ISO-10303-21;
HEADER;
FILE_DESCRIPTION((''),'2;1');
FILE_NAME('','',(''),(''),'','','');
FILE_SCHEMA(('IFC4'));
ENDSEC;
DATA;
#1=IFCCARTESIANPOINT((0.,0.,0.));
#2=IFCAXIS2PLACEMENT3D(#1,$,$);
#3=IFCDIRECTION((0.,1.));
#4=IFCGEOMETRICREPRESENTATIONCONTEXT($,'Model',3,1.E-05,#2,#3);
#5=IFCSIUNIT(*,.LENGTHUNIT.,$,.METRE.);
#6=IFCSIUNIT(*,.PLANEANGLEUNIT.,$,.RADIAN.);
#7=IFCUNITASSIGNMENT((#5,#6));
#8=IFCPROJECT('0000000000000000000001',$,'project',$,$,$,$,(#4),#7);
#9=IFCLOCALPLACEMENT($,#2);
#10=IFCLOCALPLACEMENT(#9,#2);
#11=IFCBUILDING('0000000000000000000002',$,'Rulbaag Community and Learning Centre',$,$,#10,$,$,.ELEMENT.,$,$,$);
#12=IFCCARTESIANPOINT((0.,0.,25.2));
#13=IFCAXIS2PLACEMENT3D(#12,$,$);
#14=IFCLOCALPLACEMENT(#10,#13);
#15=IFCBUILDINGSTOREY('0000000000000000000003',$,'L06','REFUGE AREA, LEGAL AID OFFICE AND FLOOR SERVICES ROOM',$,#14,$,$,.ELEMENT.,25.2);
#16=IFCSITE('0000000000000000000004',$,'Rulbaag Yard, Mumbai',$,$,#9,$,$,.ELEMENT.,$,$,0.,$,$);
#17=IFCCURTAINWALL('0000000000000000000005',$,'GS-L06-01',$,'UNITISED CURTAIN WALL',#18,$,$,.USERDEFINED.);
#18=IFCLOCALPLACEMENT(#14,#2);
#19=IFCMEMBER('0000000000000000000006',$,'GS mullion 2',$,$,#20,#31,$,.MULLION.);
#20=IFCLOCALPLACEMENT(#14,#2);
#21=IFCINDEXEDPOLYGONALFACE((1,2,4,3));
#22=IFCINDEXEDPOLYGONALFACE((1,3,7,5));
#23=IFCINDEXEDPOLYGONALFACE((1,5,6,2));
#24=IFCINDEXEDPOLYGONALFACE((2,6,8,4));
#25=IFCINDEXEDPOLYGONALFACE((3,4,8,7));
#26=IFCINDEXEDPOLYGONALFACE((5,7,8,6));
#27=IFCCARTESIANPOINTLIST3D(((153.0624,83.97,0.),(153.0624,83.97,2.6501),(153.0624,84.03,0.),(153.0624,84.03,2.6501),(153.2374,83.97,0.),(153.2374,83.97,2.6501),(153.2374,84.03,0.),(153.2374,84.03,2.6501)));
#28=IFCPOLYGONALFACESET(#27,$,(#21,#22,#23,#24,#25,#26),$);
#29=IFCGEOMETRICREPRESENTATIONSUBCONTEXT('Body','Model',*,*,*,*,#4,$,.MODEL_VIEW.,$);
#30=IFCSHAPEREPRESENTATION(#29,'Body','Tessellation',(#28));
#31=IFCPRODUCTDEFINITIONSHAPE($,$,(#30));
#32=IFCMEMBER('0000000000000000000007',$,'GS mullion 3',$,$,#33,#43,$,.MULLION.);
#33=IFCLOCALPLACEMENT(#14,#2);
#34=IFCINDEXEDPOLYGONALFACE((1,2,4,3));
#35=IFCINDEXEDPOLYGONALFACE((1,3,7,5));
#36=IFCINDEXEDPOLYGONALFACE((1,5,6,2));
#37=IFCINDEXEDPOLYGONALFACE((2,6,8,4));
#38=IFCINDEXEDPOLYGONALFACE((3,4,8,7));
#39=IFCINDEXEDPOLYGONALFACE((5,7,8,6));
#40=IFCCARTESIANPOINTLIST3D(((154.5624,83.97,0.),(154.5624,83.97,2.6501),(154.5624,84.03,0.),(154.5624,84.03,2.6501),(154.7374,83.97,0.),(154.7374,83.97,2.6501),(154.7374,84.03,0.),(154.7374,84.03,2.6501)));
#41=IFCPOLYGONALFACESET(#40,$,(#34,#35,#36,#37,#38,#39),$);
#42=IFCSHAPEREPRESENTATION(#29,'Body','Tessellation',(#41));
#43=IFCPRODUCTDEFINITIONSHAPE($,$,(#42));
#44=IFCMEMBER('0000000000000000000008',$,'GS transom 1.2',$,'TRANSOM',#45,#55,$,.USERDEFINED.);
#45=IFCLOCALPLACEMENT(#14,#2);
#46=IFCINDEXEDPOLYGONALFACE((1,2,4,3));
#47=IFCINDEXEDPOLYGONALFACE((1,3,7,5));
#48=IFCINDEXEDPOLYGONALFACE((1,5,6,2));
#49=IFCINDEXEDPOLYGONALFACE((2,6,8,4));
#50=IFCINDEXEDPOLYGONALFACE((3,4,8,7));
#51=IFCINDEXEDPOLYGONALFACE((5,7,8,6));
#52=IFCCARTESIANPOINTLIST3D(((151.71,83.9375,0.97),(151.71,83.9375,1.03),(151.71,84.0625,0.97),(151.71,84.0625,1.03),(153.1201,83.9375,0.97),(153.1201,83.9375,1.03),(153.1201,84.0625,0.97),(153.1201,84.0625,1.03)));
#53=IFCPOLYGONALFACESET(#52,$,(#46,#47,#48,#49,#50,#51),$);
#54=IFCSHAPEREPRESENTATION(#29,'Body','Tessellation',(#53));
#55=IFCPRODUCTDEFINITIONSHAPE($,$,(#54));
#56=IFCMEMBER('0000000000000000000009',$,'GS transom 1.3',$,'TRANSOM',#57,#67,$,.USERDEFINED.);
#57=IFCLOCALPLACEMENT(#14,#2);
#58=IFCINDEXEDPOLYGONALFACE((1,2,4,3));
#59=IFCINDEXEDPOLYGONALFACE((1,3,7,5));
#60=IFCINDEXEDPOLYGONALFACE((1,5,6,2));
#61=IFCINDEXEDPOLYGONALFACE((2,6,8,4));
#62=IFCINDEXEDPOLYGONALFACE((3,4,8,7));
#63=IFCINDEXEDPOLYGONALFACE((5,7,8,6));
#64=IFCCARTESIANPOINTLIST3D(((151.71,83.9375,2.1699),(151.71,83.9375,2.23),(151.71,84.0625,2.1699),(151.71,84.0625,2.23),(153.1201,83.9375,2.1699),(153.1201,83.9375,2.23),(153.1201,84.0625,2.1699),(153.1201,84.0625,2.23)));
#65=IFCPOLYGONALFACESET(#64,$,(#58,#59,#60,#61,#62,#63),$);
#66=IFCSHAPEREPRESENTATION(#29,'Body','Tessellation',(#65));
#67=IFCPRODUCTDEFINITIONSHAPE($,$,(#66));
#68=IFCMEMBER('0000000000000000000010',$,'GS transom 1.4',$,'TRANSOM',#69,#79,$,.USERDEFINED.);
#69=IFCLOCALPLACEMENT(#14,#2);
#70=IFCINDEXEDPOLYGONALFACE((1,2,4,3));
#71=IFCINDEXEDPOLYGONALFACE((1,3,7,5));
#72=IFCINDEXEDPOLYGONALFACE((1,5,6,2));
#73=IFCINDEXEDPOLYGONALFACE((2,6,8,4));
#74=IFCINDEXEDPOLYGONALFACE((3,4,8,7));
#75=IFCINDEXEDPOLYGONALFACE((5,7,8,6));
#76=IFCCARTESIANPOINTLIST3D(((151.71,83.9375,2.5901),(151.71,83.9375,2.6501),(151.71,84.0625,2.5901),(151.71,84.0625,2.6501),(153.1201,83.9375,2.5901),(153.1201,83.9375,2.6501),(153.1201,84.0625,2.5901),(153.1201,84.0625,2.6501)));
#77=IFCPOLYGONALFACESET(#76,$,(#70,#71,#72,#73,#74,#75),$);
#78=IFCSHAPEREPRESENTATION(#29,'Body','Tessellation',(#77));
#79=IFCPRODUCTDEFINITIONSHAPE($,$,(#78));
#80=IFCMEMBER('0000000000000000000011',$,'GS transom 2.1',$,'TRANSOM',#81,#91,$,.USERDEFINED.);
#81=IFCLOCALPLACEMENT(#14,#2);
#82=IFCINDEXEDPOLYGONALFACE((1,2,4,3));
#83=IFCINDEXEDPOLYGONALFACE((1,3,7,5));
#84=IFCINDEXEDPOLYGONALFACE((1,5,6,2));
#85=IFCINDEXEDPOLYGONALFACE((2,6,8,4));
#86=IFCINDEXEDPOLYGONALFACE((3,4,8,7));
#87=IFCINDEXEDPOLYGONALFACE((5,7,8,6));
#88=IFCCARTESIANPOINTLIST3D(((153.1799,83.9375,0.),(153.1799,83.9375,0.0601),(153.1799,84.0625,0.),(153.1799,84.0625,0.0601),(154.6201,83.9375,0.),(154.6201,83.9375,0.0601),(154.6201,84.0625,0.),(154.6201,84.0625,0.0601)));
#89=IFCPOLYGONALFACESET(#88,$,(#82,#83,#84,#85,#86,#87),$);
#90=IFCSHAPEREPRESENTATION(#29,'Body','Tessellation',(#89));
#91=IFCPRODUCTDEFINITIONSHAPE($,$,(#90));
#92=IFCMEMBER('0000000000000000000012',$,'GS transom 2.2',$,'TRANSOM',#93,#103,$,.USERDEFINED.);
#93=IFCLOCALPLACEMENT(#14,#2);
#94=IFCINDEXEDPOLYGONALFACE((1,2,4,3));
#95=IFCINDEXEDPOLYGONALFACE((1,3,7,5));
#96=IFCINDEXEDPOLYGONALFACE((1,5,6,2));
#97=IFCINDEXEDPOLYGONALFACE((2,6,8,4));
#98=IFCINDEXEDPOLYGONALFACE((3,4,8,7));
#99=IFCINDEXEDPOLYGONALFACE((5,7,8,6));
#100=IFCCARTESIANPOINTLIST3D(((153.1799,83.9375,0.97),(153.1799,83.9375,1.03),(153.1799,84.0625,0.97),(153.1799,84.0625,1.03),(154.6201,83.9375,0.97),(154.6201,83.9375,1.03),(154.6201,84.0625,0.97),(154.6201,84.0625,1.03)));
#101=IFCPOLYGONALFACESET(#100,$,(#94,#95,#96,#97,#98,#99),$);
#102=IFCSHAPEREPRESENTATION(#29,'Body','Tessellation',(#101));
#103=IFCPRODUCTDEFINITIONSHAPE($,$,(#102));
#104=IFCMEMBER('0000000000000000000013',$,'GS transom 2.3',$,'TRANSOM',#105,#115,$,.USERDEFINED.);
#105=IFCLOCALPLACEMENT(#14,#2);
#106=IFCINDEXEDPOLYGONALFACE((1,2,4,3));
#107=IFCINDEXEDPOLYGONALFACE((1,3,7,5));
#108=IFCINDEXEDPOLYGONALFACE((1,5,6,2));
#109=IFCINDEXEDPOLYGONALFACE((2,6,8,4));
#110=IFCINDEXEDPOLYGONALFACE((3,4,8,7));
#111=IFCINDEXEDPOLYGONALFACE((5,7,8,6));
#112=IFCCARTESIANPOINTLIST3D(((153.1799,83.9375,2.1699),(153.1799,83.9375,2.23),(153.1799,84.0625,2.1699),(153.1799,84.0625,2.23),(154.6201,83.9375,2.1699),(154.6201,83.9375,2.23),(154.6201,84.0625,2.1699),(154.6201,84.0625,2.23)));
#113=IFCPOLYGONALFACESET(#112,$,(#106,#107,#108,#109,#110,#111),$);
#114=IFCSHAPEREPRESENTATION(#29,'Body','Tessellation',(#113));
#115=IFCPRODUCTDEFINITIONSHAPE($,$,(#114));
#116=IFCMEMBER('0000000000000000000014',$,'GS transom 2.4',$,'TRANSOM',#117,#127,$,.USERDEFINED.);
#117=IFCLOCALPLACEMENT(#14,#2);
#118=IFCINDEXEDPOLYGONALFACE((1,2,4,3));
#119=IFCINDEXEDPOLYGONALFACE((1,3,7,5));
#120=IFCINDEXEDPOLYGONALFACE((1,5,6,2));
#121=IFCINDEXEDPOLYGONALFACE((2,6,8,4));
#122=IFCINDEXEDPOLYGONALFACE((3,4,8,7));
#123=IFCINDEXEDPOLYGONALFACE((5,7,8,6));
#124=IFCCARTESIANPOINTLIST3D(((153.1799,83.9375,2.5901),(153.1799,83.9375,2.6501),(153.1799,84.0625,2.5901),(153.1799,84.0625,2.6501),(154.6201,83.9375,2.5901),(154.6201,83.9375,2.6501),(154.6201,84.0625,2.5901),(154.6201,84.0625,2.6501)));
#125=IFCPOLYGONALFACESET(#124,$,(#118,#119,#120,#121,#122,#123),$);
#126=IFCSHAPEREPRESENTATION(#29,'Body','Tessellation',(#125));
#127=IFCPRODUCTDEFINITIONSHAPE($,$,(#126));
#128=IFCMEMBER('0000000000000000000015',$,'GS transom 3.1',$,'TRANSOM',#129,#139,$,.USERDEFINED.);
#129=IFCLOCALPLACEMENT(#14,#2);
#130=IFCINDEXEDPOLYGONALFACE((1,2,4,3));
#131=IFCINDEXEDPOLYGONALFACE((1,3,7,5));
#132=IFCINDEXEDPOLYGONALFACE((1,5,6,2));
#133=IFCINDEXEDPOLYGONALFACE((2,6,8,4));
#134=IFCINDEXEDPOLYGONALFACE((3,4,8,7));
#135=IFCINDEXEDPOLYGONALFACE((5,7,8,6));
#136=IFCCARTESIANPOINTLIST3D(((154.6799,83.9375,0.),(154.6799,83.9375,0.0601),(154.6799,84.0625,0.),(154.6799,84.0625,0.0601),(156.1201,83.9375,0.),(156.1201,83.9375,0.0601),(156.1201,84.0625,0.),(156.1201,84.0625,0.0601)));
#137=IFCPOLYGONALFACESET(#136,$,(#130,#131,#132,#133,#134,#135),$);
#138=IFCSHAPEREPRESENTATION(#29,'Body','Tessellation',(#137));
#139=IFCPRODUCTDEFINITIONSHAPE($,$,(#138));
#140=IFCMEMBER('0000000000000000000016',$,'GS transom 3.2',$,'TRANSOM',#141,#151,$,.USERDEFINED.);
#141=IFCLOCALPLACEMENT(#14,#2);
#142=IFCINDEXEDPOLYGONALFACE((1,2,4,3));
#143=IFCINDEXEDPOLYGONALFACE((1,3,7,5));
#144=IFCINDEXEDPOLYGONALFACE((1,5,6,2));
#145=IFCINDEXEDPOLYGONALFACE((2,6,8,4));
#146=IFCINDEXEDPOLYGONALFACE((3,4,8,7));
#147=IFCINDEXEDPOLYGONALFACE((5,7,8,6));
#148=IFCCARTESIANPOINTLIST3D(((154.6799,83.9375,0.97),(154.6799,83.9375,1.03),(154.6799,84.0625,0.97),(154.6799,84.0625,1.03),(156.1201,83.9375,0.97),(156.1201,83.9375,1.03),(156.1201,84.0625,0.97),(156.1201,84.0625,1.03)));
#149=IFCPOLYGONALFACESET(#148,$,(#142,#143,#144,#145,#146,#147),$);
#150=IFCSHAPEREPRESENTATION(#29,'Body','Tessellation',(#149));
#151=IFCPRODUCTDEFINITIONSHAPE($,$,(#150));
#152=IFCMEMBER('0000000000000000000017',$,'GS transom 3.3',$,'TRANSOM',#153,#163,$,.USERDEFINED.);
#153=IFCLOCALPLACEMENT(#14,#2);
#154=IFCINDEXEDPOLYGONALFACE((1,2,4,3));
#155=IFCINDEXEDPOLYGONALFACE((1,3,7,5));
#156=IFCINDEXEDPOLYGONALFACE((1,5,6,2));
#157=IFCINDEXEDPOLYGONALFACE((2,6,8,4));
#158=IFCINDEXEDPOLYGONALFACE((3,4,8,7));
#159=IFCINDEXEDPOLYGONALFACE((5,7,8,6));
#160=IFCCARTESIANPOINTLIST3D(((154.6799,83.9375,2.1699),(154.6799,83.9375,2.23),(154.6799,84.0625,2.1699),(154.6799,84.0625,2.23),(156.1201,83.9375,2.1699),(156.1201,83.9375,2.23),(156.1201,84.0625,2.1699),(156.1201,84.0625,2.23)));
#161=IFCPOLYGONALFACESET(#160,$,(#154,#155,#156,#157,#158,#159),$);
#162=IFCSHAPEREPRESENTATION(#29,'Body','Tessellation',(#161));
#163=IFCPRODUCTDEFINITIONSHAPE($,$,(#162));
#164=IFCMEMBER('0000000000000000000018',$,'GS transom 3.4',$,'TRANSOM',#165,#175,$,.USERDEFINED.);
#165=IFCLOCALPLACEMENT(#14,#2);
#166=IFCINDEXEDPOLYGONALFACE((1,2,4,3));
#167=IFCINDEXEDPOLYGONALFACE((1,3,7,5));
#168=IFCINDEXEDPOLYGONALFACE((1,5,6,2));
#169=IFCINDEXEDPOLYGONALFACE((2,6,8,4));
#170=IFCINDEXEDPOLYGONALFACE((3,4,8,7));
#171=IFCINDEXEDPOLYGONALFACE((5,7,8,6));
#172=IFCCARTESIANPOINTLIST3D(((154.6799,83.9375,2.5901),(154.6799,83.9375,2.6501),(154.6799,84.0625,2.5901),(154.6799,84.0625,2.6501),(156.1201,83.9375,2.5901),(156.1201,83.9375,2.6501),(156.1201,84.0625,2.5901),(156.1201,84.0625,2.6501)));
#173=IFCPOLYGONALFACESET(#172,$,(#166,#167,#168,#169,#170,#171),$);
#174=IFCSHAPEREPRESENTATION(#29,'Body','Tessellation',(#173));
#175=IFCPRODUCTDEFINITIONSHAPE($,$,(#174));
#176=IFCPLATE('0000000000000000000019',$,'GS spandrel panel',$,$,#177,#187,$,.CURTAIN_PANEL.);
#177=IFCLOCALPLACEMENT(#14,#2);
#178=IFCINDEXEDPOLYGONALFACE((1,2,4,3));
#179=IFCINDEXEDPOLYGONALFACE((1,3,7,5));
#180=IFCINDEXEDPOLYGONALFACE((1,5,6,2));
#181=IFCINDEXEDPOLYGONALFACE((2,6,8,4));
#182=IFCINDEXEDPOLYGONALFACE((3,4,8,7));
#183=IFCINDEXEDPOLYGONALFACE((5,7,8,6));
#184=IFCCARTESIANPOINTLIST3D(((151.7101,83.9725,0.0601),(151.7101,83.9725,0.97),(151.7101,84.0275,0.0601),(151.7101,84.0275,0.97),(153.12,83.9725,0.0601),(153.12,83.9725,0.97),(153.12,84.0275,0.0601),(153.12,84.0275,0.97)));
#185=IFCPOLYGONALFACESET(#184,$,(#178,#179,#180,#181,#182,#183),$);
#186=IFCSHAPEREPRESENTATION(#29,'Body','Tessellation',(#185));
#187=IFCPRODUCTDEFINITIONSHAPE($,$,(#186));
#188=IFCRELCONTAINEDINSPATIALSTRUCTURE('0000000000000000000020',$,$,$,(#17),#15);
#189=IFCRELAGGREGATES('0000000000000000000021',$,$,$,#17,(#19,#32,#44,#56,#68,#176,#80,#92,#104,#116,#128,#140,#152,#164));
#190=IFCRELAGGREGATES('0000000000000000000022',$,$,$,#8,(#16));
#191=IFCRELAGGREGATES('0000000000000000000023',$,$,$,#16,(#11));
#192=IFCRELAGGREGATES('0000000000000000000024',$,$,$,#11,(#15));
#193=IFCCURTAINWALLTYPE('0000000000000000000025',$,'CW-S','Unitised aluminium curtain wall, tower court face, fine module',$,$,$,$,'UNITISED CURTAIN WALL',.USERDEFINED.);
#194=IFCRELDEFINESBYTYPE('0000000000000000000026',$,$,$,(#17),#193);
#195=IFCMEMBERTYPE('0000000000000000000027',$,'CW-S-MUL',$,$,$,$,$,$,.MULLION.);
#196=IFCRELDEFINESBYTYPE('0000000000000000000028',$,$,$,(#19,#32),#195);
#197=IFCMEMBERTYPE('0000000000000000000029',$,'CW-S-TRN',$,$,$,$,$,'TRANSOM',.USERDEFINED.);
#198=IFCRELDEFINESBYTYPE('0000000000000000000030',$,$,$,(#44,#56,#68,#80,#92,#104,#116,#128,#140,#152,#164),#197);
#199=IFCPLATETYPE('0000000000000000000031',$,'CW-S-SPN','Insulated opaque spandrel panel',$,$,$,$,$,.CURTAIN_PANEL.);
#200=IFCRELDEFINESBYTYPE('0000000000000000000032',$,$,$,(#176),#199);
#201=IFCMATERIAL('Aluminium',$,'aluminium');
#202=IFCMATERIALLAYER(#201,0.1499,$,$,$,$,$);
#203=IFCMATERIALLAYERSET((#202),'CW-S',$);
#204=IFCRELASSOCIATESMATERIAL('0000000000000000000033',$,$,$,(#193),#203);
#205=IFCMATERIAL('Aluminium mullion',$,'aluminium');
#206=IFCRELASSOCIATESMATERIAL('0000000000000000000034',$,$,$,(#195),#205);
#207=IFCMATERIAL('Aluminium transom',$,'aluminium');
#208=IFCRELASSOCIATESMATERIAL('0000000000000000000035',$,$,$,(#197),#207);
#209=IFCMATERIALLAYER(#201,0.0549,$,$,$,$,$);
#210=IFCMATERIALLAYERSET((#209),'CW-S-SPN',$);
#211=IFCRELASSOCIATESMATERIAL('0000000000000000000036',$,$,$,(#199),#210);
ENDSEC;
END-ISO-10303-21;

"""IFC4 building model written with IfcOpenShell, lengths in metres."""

from ifc_helpers import new_model, si_unit, direction, frame, origin, origin_2d, place, context, subcontext, project, spatial, rectangle, extrude, material, layer, layer_set, material_profile, profile_set, type_object, element, aggregate, save


model = new_model("IFC4")

# Units and contexts
model_context = context("Model", 3, precision=1e-05, world=origin(), true_north=direction((0.0, 1.0)))
body_context = subcontext(model_context, "Body", "Model", "MODEL_VIEW")
ifc_project = project(units=[si_unit("LENGTHUNIT", "METRE"), si_unit("PLANEANGLEUNIT", "RADIAN")], contexts=[model_context])

# Site, building, storey
site_placement = place(None, origin())
site = spatial("IfcSite", under=ifc_project, at=site_placement, Name="Rulbaag Yard, Mumbai", CompositionType="ELEMENT", RefElevation=0.0)
building_placement = place(site_placement, origin())
building = spatial("IfcBuilding", under=site, at=building_placement, Name="Rulbaag Community and Learning Centre", CompositionType="ELEMENT")
storey_placement = place(building_placement, frame((0.0, 0.0, 25.2)))
storey = spatial("IfcBuildingStorey", under=building, at=storey_placement, Name="L06", Description="REFUGE AREA, LEGAL AID OFFICE AND FLOOR SERVICES ROOM", CompositionType="ELEMENT", Elevation=25.2)

# Curtain wall, members, plate
ifc_material_1 = material(Name="Aluminium", Category="aluminium")
ifc_layer_1 = layer(ifc_material_1, 0.1499)
ifc_layer_set_1 = layer_set([ifc_layer_1], Name="CW-S")
curtain_wall_type = type_object("IfcCurtainWallType", Name="CW-S", Description="Unitised aluminium curtain wall, tower court face, fine module", ElementType="UNITISED CURTAIN WALL", PredefinedType="USERDEFINED", material=ifc_layer_set_1)
curtain_wall_placement = place(storey_placement, origin())
curtain_wall = element("IfcCurtainWall", 1, at=curtain_wall_placement, inside=storey, type_object=curtain_wall_type, Name="GS-L06-01", ObjectType="UNITISED CURTAIN WALL", PredefinedType="USERDEFINED")
ifc_material_2 = material(Name="Aluminium mullion", Category="aluminium")
ifc_material_profile_1 = material_profile(ifc_material_2, rectangle(XDim=0.0601, YDim=0.175, at=origin_2d()), Name="AL 60x175")
ifc_profile_set_1 = profile_set([ifc_material_profile_1], Name="Aluminium mullion")
member_type_1 = type_object("IfcMemberType", Name="CW-S-MUL", PredefinedType="MULLION", material=ifc_profile_set_1)
member_1_placement = place(storey_placement, frame((153.1499, 84.0, 0.0), z_axis=(0.0, 0.0, 1.0), x_axis=(0.0, 1.0, 0.0)))
member_1 = element("IfcMember", 2, at=member_1_placement, type_object=member_type_1, Name="GS mullion 2", PredefinedType="MULLION", context=body_context, shape_type="SweptSolid", body=[
    extrude(rectangle(XDim=0.0601, YDim=0.175, at=origin_2d()), origin(), (0.0, 0.0, 1.0), 2.6501),
])
member_2_placement = place(storey_placement, frame((154.6499, 84.0, 0.0), z_axis=(0.0, 0.0, 1.0), x_axis=(0.0, 1.0, 0.0)))
member_2 = element("IfcMember", 3, at=member_2_placement, type_object=member_type_1, Name="GS mullion 3", PredefinedType="MULLION", context=body_context, shape_type="SweptSolid", body=[
    extrude(rectangle(XDim=0.0601, YDim=0.175, at=origin_2d()), origin(), (0.0, 0.0, 1.0), 2.6501),
])
ifc_material_3 = material(Name="Aluminium transom", Category="aluminium")
ifc_material_profile_2 = material_profile(ifc_material_3, rectangle(XDim=0.125, YDim=0.0601, at=origin_2d()), Name="AL 60x125 T")
ifc_profile_set_2 = profile_set([ifc_material_profile_2], Name="Aluminium transom")
member_type_2 = type_object("IfcMemberType", Name="CW-S-TRN", ElementType="TRANSOM", PredefinedType="USERDEFINED", material=ifc_profile_set_2)
member_3_placement = place(storey_placement, frame((151.71, 84.0, 1.0), z_axis=(1.0, 0.0, 0.0), x_axis=(0.0, 1.0, 0.0)))
member_3 = element("IfcMember", 4, at=member_3_placement, type_object=member_type_2, Name="GS transom 1.2", ObjectType="TRANSOM", PredefinedType="USERDEFINED", context=body_context, shape_type="SweptSolid", body=[
    extrude(rectangle(XDim=0.125, YDim=0.0601, at=origin_2d()), origin(), (0.0, 0.0, 1.0), 1.4102),
])
member_4_placement = place(storey_placement, frame((151.71, 84.0, 2.2), z_axis=(1.0, 0.0, 0.0), x_axis=(0.0, 1.0, 0.0)))
member_4 = element("IfcMember", 5, at=member_4_placement, type_object=member_type_2, Name="GS transom 1.3", ObjectType="TRANSOM", PredefinedType="USERDEFINED", context=body_context, shape_type="SweptSolid", body=[
    extrude(rectangle(XDim=0.125, YDim=0.0601, at=origin_2d()), origin(), (0.0, 0.0, 1.0), 1.4102),
])
member_5_placement = place(storey_placement, frame((151.71, 84.0, 2.6201), z_axis=(1.0, 0.0, 0.0), x_axis=(0.0, 1.0, 0.0)))
member_5 = element("IfcMember", 6, at=member_5_placement, type_object=member_type_2, Name="GS transom 1.4", ObjectType="TRANSOM", PredefinedType="USERDEFINED", context=body_context, shape_type="SweptSolid", body=[
    extrude(rectangle(XDim=0.125, YDim=0.0601, at=origin_2d()), origin(), (0.0, 0.0, 1.0), 1.4102),
])
member_6_placement = place(storey_placement, frame((153.1799, 84.0, 0.03), z_axis=(1.0, 0.0, 0.0), x_axis=(0.0, 1.0, 0.0)))
member_6 = element("IfcMember", 7, at=member_6_placement, type_object=member_type_2, Name="GS transom 2.1", ObjectType="TRANSOM", PredefinedType="USERDEFINED", context=body_context, shape_type="SweptSolid", body=[
    extrude(rectangle(XDim=0.125, YDim=0.0601, at=origin_2d()), origin(), (0.0, 0.0, 1.0), 1.4402),
])
member_7_placement = place(storey_placement, frame((153.1799, 84.0, 1.0), z_axis=(1.0, 0.0, 0.0), x_axis=(0.0, 1.0, 0.0)))
member_7 = element("IfcMember", 8, at=member_7_placement, type_object=member_type_2, Name="GS transom 2.2", ObjectType="TRANSOM", PredefinedType="USERDEFINED", context=body_context, shape_type="SweptSolid", body=[
    extrude(rectangle(XDim=0.125, YDim=0.0601, at=origin_2d()), origin(), (0.0, 0.0, 1.0), 1.4402),
])
member_8_placement = place(storey_placement, frame((153.1799, 84.0, 2.2), z_axis=(1.0, 0.0, 0.0), x_axis=(0.0, 1.0, 0.0)))
member_8 = element("IfcMember", 9, at=member_8_placement, type_object=member_type_2, Name="GS transom 2.3", ObjectType="TRANSOM", PredefinedType="USERDEFINED", context=body_context, shape_type="SweptSolid", body=[
    extrude(rectangle(XDim=0.125, YDim=0.0601, at=origin_2d()), origin(), (0.0, 0.0, 1.0), 1.4402),
])
member_9_placement = place(storey_placement, frame((153.1799, 84.0, 2.6201), z_axis=(1.0, 0.0, 0.0), x_axis=(0.0, 1.0, 0.0)))
member_9 = element("IfcMember", 10, at=member_9_placement, type_object=member_type_2, Name="GS transom 2.4", ObjectType="TRANSOM", PredefinedType="USERDEFINED", context=body_context, shape_type="SweptSolid", body=[
    extrude(rectangle(XDim=0.125, YDim=0.0601, at=origin_2d()), origin(), (0.0, 0.0, 1.0), 1.4402),
])
member_10_placement = place(storey_placement, frame((154.6799, 84.0, 0.03), z_axis=(1.0, 0.0, 0.0), x_axis=(0.0, 1.0, 0.0)))
member_10 = element("IfcMember", 11, at=member_10_placement, type_object=member_type_2, Name="GS transom 3.1", ObjectType="TRANSOM", PredefinedType="USERDEFINED", context=body_context, shape_type="SweptSolid", body=[
    extrude(rectangle(XDim=0.125, YDim=0.0601, at=origin_2d()), origin(), (0.0, 0.0, 1.0), 1.4402),
])
member_11_placement = place(storey_placement, frame((154.6799, 84.0, 1.0), z_axis=(1.0, 0.0, 0.0), x_axis=(0.0, 1.0, 0.0)))
member_11 = element("IfcMember", 12, at=member_11_placement, type_object=member_type_2, Name="GS transom 3.2", ObjectType="TRANSOM", PredefinedType="USERDEFINED", context=body_context, shape_type="SweptSolid", body=[
    extrude(rectangle(XDim=0.125, YDim=0.0601, at=origin_2d()), origin(), (0.0, 0.0, 1.0), 1.4402),
])
member_12_placement = place(storey_placement, frame((154.6799, 84.0, 2.2), z_axis=(1.0, 0.0, 0.0), x_axis=(0.0, 1.0, 0.0)))
member_12 = element("IfcMember", 13, at=member_12_placement, type_object=member_type_2, Name="GS transom 3.3", ObjectType="TRANSOM", PredefinedType="USERDEFINED", context=body_context, shape_type="SweptSolid", body=[
    extrude(rectangle(XDim=0.125, YDim=0.0601, at=origin_2d()), origin(), (0.0, 0.0, 1.0), 1.4402),
])
member_13_placement = place(storey_placement, frame((154.6799, 84.0, 2.6201), z_axis=(1.0, 0.0, 0.0), x_axis=(0.0, 1.0, 0.0)))
member_13 = element("IfcMember", 14, at=member_13_placement, type_object=member_type_2, Name="GS transom 3.4", ObjectType="TRANSOM", PredefinedType="USERDEFINED", context=body_context, shape_type="SweptSolid", body=[
    extrude(rectangle(XDim=0.125, YDim=0.0601, at=origin_2d()), origin(), (0.0, 0.0, 1.0), 1.4402),
])
ifc_layer_2 = layer(ifc_material_1, 0.0549)
ifc_layer_set_2 = layer_set([ifc_layer_2], Name="CW-S-SPN")
plate_type_1 = type_object("IfcPlateType", Name="CW-S-SPN", Description="Insulated opaque spandrel panel", PredefinedType="CURTAIN_PANEL", material=ifc_layer_set_2)
plate_1_placement = place(storey_placement, frame((152.415, 84.0, 0.0601), z_axis=(0.0, 0.0, 1.0), x_axis=(1.0, 0.0, 0.0)))
plate_1 = element("IfcPlate", 15, at=plate_1_placement, type_object=plate_type_1, Name="GS spandrel panel", PredefinedType="CURTAIN_PANEL", context=body_context, shape_type="SweptSolid", body=[
    extrude(rectangle(XDim=1.4099, YDim=0.0549, at=origin_2d()), origin(), (0.0, 0.0, 1.0), 0.9099),
])
aggregate(curtain_wall, [member_1, member_2, member_3, member_4, member_5, plate_1, member_6, member_7, member_8, member_9, member_10, member_11, member_12, member_13])

save(model, "model.ifc")
